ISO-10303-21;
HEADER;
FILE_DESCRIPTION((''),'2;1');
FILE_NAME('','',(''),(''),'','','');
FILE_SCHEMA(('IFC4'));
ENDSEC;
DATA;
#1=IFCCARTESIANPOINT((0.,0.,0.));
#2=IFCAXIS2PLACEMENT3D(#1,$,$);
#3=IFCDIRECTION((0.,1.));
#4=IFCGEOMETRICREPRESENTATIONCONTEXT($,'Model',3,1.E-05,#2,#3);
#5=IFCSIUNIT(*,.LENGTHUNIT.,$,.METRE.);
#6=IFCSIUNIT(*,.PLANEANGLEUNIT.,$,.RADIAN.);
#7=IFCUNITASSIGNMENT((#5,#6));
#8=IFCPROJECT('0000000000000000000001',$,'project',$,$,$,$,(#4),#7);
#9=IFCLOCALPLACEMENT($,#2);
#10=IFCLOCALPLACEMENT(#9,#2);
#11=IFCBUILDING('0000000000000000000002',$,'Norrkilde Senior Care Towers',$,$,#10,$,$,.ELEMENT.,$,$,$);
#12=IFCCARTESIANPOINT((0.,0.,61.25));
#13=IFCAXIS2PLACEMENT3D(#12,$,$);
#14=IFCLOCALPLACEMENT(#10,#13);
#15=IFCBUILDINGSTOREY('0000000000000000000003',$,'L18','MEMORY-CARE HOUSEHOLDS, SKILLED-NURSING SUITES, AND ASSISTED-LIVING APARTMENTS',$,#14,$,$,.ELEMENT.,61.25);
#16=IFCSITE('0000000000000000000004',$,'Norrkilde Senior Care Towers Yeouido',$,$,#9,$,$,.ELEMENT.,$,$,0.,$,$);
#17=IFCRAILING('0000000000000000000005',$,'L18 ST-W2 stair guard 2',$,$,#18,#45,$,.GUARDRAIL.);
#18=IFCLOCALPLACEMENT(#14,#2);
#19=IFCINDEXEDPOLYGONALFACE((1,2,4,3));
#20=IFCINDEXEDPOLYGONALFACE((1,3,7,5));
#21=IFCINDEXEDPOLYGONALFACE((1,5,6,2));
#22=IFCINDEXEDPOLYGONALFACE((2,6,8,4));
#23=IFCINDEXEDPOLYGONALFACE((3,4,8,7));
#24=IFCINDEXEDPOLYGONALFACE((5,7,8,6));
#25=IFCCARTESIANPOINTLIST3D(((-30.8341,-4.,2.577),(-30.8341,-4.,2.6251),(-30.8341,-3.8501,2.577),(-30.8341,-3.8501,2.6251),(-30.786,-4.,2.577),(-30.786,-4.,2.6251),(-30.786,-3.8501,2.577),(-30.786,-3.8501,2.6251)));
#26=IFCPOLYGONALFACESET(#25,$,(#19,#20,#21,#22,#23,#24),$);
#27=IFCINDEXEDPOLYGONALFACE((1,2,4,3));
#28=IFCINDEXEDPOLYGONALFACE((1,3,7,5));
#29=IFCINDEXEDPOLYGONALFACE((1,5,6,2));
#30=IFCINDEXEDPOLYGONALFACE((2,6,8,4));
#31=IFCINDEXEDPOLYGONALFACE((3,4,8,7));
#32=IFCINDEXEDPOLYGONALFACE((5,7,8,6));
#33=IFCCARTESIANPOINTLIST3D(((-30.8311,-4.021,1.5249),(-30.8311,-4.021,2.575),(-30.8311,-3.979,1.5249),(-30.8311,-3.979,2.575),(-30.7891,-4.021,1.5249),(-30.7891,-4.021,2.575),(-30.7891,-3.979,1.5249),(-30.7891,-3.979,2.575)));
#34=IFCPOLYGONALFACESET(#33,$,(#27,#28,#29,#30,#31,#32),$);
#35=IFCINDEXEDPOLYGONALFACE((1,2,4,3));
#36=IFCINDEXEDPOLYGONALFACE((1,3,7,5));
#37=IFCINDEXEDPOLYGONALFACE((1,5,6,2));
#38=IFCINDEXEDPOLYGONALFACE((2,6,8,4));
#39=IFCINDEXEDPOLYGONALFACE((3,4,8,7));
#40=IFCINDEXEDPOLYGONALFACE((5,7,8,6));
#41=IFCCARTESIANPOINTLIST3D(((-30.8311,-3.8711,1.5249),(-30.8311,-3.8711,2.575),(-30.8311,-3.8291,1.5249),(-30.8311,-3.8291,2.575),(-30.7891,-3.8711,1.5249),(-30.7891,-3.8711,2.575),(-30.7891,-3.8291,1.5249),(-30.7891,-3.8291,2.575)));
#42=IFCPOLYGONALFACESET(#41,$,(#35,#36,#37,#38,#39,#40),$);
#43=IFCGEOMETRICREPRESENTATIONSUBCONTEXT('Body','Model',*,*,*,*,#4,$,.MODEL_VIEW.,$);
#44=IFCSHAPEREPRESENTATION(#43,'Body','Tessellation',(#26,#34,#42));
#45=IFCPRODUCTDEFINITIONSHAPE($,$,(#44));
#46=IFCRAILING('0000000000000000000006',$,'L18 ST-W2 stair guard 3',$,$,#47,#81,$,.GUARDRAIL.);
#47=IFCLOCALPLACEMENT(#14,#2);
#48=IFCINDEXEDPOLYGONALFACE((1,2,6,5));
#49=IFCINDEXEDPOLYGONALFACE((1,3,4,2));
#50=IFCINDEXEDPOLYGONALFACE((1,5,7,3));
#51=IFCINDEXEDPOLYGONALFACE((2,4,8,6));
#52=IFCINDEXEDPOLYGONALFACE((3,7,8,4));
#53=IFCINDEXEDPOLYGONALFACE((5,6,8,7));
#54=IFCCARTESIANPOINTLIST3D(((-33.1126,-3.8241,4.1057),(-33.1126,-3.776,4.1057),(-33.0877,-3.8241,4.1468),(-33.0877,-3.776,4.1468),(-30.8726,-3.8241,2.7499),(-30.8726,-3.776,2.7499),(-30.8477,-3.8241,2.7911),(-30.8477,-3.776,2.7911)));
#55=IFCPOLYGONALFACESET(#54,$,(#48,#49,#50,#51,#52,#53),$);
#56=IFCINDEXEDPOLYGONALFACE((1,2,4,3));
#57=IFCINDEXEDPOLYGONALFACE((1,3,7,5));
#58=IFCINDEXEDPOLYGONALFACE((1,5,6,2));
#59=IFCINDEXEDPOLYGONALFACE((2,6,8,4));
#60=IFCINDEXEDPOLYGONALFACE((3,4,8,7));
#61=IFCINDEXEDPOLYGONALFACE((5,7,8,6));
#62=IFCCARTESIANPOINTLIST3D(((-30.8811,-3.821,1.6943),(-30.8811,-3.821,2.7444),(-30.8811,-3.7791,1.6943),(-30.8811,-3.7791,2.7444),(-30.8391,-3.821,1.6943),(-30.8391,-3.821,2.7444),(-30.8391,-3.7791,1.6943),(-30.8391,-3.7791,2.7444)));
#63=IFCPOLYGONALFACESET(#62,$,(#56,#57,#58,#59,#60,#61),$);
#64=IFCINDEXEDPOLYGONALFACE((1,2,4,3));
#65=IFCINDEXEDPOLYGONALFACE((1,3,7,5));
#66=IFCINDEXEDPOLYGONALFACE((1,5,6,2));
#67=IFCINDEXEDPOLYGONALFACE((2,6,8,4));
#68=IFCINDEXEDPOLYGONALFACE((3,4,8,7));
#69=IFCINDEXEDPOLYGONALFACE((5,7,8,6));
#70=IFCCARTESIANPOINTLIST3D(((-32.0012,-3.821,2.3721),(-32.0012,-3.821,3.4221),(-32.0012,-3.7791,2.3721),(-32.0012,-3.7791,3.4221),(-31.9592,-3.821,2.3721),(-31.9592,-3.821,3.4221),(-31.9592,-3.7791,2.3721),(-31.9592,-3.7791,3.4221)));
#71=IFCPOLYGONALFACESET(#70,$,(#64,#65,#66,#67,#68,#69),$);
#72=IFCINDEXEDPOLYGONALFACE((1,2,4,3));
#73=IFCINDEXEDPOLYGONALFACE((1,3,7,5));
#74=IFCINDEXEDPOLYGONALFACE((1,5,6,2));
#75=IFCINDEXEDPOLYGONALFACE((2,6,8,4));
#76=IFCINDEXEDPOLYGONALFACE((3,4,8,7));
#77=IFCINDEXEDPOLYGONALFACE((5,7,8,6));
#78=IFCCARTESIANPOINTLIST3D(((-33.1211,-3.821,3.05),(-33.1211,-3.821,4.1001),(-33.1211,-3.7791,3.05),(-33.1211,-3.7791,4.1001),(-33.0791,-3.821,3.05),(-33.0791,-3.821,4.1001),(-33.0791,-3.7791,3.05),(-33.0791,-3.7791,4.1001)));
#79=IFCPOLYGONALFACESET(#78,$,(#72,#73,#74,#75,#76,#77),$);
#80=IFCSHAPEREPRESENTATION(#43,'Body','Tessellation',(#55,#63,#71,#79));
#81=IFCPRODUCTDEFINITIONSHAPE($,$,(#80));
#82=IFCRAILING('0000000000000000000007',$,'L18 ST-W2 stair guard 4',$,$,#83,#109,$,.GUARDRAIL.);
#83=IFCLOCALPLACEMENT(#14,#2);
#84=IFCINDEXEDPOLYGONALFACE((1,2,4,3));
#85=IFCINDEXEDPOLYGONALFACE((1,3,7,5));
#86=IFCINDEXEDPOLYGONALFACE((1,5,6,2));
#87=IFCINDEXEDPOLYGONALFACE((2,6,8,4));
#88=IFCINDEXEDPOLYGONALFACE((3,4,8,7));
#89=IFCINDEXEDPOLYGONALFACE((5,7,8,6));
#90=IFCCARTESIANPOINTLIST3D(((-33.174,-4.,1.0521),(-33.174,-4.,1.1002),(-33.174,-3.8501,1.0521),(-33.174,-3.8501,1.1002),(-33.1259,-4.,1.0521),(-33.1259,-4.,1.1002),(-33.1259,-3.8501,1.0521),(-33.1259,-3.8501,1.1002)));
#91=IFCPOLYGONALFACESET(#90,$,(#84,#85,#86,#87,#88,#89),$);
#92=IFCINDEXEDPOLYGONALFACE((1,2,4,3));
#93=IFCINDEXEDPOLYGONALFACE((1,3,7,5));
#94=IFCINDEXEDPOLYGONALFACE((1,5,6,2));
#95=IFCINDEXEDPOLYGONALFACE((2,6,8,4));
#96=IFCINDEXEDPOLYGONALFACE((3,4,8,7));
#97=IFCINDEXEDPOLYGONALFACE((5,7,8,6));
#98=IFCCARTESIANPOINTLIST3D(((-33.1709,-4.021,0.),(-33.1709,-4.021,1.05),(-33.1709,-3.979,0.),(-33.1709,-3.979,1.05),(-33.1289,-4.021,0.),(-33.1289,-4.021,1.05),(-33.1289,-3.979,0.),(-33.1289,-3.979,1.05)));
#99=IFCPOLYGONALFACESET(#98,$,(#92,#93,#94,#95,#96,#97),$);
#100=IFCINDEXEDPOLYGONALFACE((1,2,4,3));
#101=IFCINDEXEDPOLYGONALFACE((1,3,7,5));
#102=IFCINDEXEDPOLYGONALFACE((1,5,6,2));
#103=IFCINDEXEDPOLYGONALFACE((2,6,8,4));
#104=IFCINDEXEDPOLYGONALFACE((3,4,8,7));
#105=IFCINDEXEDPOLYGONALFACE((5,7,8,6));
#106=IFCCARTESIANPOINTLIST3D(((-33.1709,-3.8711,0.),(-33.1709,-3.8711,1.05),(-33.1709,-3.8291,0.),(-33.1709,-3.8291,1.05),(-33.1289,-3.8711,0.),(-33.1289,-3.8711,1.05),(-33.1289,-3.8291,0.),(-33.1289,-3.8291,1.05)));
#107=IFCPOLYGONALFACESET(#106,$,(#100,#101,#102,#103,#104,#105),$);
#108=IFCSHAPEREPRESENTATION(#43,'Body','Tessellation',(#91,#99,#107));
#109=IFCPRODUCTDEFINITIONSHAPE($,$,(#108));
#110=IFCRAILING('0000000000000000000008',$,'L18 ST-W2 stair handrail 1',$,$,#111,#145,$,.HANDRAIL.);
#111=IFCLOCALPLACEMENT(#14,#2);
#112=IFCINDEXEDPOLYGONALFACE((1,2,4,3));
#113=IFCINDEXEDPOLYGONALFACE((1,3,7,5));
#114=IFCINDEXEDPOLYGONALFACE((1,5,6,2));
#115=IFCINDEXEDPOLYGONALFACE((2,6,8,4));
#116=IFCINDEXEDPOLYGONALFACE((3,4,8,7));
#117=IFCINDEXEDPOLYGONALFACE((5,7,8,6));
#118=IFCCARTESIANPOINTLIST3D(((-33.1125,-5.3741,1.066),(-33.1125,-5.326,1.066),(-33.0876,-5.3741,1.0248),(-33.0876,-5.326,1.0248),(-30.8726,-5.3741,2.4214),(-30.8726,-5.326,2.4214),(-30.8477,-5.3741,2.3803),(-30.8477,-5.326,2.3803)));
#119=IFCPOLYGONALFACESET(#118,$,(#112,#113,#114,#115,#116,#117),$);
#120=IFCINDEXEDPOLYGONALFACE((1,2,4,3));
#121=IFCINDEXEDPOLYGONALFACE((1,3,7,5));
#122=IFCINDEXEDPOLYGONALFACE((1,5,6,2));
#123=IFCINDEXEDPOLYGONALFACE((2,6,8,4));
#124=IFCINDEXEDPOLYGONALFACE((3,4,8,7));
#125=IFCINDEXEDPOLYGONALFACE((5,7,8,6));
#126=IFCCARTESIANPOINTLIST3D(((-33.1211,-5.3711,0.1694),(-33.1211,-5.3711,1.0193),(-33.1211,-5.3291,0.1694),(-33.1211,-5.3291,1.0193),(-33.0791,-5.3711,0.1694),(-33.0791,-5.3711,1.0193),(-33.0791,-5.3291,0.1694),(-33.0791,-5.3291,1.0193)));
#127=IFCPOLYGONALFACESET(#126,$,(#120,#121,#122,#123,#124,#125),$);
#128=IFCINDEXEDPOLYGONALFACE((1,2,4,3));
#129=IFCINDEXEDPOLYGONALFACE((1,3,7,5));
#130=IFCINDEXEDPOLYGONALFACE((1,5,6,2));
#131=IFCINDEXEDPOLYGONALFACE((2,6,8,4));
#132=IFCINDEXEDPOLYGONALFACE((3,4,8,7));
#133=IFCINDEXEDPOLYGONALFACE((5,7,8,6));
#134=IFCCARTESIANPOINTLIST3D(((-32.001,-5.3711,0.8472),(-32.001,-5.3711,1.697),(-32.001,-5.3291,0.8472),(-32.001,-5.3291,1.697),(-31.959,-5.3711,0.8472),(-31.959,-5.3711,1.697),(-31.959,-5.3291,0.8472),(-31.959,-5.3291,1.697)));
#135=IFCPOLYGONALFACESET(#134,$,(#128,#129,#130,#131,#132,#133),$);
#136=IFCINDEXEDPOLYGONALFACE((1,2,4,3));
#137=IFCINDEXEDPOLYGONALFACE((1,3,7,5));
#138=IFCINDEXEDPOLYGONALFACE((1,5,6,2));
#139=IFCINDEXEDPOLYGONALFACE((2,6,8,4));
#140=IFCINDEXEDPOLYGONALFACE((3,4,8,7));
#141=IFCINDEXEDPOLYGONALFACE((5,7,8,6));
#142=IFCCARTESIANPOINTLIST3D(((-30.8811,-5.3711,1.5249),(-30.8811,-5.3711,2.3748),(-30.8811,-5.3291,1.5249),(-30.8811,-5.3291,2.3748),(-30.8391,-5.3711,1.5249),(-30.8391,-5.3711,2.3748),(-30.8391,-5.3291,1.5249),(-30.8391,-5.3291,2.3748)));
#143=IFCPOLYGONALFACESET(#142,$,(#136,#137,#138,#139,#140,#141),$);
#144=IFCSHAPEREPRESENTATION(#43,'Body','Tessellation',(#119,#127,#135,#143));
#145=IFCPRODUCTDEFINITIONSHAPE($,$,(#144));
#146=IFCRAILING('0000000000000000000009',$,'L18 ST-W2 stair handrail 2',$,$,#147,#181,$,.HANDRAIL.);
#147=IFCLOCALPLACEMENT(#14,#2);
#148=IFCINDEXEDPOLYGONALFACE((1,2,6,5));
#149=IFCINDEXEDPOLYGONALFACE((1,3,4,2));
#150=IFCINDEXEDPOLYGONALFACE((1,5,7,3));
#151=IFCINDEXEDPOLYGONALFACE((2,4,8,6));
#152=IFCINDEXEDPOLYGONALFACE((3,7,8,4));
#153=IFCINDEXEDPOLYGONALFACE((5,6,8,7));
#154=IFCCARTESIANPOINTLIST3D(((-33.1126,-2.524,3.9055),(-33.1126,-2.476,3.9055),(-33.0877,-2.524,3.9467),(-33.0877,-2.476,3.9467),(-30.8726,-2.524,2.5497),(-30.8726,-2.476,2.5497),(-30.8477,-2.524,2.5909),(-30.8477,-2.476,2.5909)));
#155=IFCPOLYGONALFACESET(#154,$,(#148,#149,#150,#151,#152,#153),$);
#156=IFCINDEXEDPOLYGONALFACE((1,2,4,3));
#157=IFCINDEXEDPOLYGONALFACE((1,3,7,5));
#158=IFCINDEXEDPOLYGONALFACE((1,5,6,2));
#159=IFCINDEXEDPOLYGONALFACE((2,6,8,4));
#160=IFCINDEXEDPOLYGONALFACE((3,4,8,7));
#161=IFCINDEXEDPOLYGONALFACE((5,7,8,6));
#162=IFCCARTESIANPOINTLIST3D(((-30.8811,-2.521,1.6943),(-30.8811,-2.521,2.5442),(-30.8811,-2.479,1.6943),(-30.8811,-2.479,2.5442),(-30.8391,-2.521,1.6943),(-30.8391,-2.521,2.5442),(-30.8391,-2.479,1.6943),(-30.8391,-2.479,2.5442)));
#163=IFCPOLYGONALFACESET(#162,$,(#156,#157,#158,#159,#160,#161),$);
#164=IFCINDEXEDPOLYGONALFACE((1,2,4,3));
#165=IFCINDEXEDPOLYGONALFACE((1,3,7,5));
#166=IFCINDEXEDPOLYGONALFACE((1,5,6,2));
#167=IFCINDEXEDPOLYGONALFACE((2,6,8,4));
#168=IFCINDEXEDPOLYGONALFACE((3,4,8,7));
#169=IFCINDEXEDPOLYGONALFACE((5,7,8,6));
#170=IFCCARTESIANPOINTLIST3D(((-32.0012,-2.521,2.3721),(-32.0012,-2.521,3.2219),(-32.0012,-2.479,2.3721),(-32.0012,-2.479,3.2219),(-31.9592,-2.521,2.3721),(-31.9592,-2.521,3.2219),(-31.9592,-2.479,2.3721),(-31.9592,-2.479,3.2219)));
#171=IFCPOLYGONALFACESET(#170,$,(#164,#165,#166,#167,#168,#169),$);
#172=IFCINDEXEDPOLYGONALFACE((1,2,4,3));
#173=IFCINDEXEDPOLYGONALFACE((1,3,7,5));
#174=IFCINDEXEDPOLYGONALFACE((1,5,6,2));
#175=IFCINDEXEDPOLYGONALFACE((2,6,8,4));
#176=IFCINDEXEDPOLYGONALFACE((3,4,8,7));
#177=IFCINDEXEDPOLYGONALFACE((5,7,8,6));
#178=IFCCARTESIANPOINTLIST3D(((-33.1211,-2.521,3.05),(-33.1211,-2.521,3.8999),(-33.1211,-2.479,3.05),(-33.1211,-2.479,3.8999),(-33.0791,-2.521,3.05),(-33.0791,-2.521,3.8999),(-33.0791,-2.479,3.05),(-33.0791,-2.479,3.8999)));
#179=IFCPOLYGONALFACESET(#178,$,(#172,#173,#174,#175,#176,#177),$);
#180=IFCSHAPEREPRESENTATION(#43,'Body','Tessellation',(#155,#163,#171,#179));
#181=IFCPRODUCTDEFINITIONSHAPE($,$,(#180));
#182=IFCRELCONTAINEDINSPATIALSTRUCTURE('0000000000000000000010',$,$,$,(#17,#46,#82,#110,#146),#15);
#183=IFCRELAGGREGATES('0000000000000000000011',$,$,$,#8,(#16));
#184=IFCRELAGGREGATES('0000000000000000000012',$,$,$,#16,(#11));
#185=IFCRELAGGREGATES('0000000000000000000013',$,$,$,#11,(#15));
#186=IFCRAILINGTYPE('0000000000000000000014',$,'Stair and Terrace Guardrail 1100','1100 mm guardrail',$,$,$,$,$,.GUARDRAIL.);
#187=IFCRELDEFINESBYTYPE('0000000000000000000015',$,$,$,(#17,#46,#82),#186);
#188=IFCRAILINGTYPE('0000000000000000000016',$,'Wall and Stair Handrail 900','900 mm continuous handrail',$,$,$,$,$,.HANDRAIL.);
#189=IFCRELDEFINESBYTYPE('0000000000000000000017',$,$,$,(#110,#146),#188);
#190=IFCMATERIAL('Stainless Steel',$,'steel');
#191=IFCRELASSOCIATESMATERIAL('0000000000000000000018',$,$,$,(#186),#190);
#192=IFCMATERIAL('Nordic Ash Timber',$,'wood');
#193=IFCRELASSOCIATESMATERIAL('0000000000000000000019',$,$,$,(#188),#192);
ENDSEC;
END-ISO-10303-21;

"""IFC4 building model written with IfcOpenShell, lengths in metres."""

from ifc_helpers import new_model, si_unit, direction, frame, origin, origin_2d, place, context, subcontext, project, spatial, rectangle, extrude, material, type_object, element, save


model = new_model("IFC4")

# Units and contexts
model_context = context("Model", 3, precision=1e-05, world=origin(), true_north=direction((0.0, 1.0)))
body_context = subcontext(model_context, "Body", "Model", "MODEL_VIEW")
ifc_project = project(units=[si_unit("LENGTHUNIT", "METRE"), si_unit("PLANEANGLEUNIT", "RADIAN")], contexts=[model_context])

# Site, building, storey
site_placement = place(None, origin())
site = spatial("IfcSite", under=ifc_project, at=site_placement, Name="Norrkilde Senior Care Towers Yeouido", CompositionType="ELEMENT", RefElevation=0.0)
building_placement = place(site_placement, origin())
building = spatial("IfcBuilding", under=site, at=building_placement, Name="Norrkilde Senior Care Towers", CompositionType="ELEMENT")
storey_placement = place(building_placement, frame((0.0, 0.0, 61.25)))
storey = spatial("IfcBuildingStorey", under=building, at=storey_placement, Name="L18", Description="MEMORY-CARE HOUSEHOLDS, SKILLED-NURSING SUITES, AND ASSISTED-LIVING APARTMENTS", CompositionType="ELEMENT", Elevation=61.25)

# Shared definitions
ifc_material_1 = material(Name="Stainless Steel", Category="steel")

# Shared definitions
ifc_material_2 = material(Name="Nordic Ash Timber", Category="wood")

# Railings
railing_type_1 = type_object("IfcRailingType", Name="Stair and Terrace Guardrail 1100", Description="1100 mm guardrail", PredefinedType="GUARDRAIL", material=ifc_material_1)
railing_1_placement = place(storey_placement, frame((-30.8101, -4.0, 1.5249)))
element("IfcRailing", 1, at=railing_1_placement, inside=storey, type_object=railing_type_1, Name="L18 ST-W2 stair guard 2", PredefinedType="GUARDRAIL", context=body_context, shape_type="SweptSolid", body=[
    extrude(rectangle(XDim=0.0481, YDim=0.0481, at=origin_2d()), frame((0.0, 0.0, 1.0762), z_axis=(0.0, 1.0, 0.0), x_axis=(-1.0, 0.0, 0.0)), (0.0, 0.0, 1.0), 0.1499),
    extrude(rectangle(XDim=0.042, YDim=0.042, at=origin_2d()), origin(), (0.0, 0.0, 1.0), 1.05),
    extrude(rectangle(XDim=0.042, YDim=0.042, at=origin_2d()), frame((0.0, 0.1499, 0.0)), (0.0, 0.0, 1.0), 1.05),
])
railing_2_placement = place(storey_placement, frame((-30.8601, -3.8, 1.6943)))
element("IfcRailing", 2, at=railing_2_placement, inside=storey, type_object=railing_type_1, Name="L18 ST-W2 stair guard 3", PredefinedType="GUARDRAIL", context=body_context, shape_type="SweptSolid", body=[
    extrude(rectangle(XDim=0.0481, YDim=0.0481, at=origin_2d()), frame((0.0, 0.0, 1.0762), z_axis=(-0.855512, 0.0, 0.517783), x_axis=(0.0, -1.0, 0.0)), (0.0, 0.0, 1.0), 2.6184),
    extrude(rectangle(XDim=0.042, YDim=0.042, at=origin_2d()), origin(), (0.0, 0.0, 1.0), 1.05),
    extrude(rectangle(XDim=0.042, YDim=0.042, at=origin_2d()), frame((-1.1201, 0.0, 0.6777)), (0.0, 0.0, 1.0), 1.05),
    extrude(rectangle(XDim=0.042, YDim=0.042, at=origin_2d()), frame((-2.24, 0.0, 1.3557)), (0.0, 0.0, 1.0), 1.05),
])
railing_3_placement = place(storey_placement, frame((-33.1499, -4.0, 0.0)))
element("IfcRailing", 3, at=railing_3_placement, inside=storey, type_object=railing_type_1, Name="L18 ST-W2 stair guard 4", PredefinedType="GUARDRAIL", context=body_context, shape_type="SweptSolid", body=[
    extrude(rectangle(XDim=0.0481, YDim=0.0481, at=origin_2d()), frame((0.0, 0.0, 1.0762), z_axis=(0.0, 1.0, 0.0), x_axis=(-1.0, 0.0, 0.0)), (0.0, 0.0, 1.0), 0.1499),
    extrude(rectangle(XDim=0.042, YDim=0.042, at=origin_2d()), origin(), (0.0, 0.0, 1.0), 1.05),
    extrude(rectangle(XDim=0.042, YDim=0.042, at=origin_2d()), frame((0.0, 0.1499, 0.0)), (0.0, 0.0, 1.0), 1.05),
])
railing_type_2 = type_object("IfcRailingType", Name="Wall and Stair Handrail 900", Description="900 mm continuous handrail", PredefinedType="HANDRAIL", material=ifc_material_2)
railing_4_placement = place(storey_placement, frame((-33.1001, -5.3501, 0.1694)))
element("IfcRailing", 4, at=railing_4_placement, inside=storey, type_object=railing_type_2, Name="L18 ST-W2 stair handrail 1", PredefinedType="HANDRAIL", context=body_context, shape_type="SweptSolid", body=[
    extrude(rectangle(XDim=0.0481, YDim=0.0481, at=origin_2d()), frame((0.0, 0.0, 0.876), z_axis=(0.855553, 0.0, 0.517715), x_axis=(0.0, 1.0, 0.0)), (0.0, 0.0, 1.0), 2.6182),
    extrude(rectangle(XDim=0.042, YDim=0.042, at=origin_2d()), origin(), (0.0, 0.0, 1.0), 0.8499),
    extrude(rectangle(XDim=0.042, YDim=0.042, at=origin_2d()), frame((1.1201, 0.0, 0.6777)), (0.0, 0.0, 1.0), 0.8499),
    extrude(rectangle(XDim=0.042, YDim=0.042, at=origin_2d()), frame((2.24, 0.0, 1.3555)), (0.0, 0.0, 1.0), 0.8499),
])
railing_5_placement = place(storey_placement, frame((-30.8601, -2.5, 1.6943)))
element("IfcRailing", 5, at=railing_5_placement, inside=storey, type_object=railing_type_2, Name="L18 ST-W2 stair handrail 2", PredefinedType="HANDRAIL", context=body_context, shape_type="SweptSolid", body=[
    extrude(rectangle(XDim=0.0481, YDim=0.0481, at=origin_2d()), frame((0.0, 0.0, 0.876), z_axis=(-0.855512, 0.0, 0.517783), x_axis=(0.0, -1.0, 0.0)), (0.0, 0.0, 1.0), 2.6184),
    extrude(rectangle(XDim=0.042, YDim=0.042, at=origin_2d()), origin(), (0.0, 0.0, 1.0), 0.8499),
    extrude(rectangle(XDim=0.042, YDim=0.042, at=origin_2d()), frame((-1.1201, 0.0, 0.6777)), (0.0, 0.0, 1.0), 0.8499),
    extrude(rectangle(XDim=0.042, YDim=0.042, at=origin_2d()), frame((-2.24, 0.0, 1.3557)), (0.0, 0.0, 1.0), 0.8499),
])

save(model, "model.ifc")
